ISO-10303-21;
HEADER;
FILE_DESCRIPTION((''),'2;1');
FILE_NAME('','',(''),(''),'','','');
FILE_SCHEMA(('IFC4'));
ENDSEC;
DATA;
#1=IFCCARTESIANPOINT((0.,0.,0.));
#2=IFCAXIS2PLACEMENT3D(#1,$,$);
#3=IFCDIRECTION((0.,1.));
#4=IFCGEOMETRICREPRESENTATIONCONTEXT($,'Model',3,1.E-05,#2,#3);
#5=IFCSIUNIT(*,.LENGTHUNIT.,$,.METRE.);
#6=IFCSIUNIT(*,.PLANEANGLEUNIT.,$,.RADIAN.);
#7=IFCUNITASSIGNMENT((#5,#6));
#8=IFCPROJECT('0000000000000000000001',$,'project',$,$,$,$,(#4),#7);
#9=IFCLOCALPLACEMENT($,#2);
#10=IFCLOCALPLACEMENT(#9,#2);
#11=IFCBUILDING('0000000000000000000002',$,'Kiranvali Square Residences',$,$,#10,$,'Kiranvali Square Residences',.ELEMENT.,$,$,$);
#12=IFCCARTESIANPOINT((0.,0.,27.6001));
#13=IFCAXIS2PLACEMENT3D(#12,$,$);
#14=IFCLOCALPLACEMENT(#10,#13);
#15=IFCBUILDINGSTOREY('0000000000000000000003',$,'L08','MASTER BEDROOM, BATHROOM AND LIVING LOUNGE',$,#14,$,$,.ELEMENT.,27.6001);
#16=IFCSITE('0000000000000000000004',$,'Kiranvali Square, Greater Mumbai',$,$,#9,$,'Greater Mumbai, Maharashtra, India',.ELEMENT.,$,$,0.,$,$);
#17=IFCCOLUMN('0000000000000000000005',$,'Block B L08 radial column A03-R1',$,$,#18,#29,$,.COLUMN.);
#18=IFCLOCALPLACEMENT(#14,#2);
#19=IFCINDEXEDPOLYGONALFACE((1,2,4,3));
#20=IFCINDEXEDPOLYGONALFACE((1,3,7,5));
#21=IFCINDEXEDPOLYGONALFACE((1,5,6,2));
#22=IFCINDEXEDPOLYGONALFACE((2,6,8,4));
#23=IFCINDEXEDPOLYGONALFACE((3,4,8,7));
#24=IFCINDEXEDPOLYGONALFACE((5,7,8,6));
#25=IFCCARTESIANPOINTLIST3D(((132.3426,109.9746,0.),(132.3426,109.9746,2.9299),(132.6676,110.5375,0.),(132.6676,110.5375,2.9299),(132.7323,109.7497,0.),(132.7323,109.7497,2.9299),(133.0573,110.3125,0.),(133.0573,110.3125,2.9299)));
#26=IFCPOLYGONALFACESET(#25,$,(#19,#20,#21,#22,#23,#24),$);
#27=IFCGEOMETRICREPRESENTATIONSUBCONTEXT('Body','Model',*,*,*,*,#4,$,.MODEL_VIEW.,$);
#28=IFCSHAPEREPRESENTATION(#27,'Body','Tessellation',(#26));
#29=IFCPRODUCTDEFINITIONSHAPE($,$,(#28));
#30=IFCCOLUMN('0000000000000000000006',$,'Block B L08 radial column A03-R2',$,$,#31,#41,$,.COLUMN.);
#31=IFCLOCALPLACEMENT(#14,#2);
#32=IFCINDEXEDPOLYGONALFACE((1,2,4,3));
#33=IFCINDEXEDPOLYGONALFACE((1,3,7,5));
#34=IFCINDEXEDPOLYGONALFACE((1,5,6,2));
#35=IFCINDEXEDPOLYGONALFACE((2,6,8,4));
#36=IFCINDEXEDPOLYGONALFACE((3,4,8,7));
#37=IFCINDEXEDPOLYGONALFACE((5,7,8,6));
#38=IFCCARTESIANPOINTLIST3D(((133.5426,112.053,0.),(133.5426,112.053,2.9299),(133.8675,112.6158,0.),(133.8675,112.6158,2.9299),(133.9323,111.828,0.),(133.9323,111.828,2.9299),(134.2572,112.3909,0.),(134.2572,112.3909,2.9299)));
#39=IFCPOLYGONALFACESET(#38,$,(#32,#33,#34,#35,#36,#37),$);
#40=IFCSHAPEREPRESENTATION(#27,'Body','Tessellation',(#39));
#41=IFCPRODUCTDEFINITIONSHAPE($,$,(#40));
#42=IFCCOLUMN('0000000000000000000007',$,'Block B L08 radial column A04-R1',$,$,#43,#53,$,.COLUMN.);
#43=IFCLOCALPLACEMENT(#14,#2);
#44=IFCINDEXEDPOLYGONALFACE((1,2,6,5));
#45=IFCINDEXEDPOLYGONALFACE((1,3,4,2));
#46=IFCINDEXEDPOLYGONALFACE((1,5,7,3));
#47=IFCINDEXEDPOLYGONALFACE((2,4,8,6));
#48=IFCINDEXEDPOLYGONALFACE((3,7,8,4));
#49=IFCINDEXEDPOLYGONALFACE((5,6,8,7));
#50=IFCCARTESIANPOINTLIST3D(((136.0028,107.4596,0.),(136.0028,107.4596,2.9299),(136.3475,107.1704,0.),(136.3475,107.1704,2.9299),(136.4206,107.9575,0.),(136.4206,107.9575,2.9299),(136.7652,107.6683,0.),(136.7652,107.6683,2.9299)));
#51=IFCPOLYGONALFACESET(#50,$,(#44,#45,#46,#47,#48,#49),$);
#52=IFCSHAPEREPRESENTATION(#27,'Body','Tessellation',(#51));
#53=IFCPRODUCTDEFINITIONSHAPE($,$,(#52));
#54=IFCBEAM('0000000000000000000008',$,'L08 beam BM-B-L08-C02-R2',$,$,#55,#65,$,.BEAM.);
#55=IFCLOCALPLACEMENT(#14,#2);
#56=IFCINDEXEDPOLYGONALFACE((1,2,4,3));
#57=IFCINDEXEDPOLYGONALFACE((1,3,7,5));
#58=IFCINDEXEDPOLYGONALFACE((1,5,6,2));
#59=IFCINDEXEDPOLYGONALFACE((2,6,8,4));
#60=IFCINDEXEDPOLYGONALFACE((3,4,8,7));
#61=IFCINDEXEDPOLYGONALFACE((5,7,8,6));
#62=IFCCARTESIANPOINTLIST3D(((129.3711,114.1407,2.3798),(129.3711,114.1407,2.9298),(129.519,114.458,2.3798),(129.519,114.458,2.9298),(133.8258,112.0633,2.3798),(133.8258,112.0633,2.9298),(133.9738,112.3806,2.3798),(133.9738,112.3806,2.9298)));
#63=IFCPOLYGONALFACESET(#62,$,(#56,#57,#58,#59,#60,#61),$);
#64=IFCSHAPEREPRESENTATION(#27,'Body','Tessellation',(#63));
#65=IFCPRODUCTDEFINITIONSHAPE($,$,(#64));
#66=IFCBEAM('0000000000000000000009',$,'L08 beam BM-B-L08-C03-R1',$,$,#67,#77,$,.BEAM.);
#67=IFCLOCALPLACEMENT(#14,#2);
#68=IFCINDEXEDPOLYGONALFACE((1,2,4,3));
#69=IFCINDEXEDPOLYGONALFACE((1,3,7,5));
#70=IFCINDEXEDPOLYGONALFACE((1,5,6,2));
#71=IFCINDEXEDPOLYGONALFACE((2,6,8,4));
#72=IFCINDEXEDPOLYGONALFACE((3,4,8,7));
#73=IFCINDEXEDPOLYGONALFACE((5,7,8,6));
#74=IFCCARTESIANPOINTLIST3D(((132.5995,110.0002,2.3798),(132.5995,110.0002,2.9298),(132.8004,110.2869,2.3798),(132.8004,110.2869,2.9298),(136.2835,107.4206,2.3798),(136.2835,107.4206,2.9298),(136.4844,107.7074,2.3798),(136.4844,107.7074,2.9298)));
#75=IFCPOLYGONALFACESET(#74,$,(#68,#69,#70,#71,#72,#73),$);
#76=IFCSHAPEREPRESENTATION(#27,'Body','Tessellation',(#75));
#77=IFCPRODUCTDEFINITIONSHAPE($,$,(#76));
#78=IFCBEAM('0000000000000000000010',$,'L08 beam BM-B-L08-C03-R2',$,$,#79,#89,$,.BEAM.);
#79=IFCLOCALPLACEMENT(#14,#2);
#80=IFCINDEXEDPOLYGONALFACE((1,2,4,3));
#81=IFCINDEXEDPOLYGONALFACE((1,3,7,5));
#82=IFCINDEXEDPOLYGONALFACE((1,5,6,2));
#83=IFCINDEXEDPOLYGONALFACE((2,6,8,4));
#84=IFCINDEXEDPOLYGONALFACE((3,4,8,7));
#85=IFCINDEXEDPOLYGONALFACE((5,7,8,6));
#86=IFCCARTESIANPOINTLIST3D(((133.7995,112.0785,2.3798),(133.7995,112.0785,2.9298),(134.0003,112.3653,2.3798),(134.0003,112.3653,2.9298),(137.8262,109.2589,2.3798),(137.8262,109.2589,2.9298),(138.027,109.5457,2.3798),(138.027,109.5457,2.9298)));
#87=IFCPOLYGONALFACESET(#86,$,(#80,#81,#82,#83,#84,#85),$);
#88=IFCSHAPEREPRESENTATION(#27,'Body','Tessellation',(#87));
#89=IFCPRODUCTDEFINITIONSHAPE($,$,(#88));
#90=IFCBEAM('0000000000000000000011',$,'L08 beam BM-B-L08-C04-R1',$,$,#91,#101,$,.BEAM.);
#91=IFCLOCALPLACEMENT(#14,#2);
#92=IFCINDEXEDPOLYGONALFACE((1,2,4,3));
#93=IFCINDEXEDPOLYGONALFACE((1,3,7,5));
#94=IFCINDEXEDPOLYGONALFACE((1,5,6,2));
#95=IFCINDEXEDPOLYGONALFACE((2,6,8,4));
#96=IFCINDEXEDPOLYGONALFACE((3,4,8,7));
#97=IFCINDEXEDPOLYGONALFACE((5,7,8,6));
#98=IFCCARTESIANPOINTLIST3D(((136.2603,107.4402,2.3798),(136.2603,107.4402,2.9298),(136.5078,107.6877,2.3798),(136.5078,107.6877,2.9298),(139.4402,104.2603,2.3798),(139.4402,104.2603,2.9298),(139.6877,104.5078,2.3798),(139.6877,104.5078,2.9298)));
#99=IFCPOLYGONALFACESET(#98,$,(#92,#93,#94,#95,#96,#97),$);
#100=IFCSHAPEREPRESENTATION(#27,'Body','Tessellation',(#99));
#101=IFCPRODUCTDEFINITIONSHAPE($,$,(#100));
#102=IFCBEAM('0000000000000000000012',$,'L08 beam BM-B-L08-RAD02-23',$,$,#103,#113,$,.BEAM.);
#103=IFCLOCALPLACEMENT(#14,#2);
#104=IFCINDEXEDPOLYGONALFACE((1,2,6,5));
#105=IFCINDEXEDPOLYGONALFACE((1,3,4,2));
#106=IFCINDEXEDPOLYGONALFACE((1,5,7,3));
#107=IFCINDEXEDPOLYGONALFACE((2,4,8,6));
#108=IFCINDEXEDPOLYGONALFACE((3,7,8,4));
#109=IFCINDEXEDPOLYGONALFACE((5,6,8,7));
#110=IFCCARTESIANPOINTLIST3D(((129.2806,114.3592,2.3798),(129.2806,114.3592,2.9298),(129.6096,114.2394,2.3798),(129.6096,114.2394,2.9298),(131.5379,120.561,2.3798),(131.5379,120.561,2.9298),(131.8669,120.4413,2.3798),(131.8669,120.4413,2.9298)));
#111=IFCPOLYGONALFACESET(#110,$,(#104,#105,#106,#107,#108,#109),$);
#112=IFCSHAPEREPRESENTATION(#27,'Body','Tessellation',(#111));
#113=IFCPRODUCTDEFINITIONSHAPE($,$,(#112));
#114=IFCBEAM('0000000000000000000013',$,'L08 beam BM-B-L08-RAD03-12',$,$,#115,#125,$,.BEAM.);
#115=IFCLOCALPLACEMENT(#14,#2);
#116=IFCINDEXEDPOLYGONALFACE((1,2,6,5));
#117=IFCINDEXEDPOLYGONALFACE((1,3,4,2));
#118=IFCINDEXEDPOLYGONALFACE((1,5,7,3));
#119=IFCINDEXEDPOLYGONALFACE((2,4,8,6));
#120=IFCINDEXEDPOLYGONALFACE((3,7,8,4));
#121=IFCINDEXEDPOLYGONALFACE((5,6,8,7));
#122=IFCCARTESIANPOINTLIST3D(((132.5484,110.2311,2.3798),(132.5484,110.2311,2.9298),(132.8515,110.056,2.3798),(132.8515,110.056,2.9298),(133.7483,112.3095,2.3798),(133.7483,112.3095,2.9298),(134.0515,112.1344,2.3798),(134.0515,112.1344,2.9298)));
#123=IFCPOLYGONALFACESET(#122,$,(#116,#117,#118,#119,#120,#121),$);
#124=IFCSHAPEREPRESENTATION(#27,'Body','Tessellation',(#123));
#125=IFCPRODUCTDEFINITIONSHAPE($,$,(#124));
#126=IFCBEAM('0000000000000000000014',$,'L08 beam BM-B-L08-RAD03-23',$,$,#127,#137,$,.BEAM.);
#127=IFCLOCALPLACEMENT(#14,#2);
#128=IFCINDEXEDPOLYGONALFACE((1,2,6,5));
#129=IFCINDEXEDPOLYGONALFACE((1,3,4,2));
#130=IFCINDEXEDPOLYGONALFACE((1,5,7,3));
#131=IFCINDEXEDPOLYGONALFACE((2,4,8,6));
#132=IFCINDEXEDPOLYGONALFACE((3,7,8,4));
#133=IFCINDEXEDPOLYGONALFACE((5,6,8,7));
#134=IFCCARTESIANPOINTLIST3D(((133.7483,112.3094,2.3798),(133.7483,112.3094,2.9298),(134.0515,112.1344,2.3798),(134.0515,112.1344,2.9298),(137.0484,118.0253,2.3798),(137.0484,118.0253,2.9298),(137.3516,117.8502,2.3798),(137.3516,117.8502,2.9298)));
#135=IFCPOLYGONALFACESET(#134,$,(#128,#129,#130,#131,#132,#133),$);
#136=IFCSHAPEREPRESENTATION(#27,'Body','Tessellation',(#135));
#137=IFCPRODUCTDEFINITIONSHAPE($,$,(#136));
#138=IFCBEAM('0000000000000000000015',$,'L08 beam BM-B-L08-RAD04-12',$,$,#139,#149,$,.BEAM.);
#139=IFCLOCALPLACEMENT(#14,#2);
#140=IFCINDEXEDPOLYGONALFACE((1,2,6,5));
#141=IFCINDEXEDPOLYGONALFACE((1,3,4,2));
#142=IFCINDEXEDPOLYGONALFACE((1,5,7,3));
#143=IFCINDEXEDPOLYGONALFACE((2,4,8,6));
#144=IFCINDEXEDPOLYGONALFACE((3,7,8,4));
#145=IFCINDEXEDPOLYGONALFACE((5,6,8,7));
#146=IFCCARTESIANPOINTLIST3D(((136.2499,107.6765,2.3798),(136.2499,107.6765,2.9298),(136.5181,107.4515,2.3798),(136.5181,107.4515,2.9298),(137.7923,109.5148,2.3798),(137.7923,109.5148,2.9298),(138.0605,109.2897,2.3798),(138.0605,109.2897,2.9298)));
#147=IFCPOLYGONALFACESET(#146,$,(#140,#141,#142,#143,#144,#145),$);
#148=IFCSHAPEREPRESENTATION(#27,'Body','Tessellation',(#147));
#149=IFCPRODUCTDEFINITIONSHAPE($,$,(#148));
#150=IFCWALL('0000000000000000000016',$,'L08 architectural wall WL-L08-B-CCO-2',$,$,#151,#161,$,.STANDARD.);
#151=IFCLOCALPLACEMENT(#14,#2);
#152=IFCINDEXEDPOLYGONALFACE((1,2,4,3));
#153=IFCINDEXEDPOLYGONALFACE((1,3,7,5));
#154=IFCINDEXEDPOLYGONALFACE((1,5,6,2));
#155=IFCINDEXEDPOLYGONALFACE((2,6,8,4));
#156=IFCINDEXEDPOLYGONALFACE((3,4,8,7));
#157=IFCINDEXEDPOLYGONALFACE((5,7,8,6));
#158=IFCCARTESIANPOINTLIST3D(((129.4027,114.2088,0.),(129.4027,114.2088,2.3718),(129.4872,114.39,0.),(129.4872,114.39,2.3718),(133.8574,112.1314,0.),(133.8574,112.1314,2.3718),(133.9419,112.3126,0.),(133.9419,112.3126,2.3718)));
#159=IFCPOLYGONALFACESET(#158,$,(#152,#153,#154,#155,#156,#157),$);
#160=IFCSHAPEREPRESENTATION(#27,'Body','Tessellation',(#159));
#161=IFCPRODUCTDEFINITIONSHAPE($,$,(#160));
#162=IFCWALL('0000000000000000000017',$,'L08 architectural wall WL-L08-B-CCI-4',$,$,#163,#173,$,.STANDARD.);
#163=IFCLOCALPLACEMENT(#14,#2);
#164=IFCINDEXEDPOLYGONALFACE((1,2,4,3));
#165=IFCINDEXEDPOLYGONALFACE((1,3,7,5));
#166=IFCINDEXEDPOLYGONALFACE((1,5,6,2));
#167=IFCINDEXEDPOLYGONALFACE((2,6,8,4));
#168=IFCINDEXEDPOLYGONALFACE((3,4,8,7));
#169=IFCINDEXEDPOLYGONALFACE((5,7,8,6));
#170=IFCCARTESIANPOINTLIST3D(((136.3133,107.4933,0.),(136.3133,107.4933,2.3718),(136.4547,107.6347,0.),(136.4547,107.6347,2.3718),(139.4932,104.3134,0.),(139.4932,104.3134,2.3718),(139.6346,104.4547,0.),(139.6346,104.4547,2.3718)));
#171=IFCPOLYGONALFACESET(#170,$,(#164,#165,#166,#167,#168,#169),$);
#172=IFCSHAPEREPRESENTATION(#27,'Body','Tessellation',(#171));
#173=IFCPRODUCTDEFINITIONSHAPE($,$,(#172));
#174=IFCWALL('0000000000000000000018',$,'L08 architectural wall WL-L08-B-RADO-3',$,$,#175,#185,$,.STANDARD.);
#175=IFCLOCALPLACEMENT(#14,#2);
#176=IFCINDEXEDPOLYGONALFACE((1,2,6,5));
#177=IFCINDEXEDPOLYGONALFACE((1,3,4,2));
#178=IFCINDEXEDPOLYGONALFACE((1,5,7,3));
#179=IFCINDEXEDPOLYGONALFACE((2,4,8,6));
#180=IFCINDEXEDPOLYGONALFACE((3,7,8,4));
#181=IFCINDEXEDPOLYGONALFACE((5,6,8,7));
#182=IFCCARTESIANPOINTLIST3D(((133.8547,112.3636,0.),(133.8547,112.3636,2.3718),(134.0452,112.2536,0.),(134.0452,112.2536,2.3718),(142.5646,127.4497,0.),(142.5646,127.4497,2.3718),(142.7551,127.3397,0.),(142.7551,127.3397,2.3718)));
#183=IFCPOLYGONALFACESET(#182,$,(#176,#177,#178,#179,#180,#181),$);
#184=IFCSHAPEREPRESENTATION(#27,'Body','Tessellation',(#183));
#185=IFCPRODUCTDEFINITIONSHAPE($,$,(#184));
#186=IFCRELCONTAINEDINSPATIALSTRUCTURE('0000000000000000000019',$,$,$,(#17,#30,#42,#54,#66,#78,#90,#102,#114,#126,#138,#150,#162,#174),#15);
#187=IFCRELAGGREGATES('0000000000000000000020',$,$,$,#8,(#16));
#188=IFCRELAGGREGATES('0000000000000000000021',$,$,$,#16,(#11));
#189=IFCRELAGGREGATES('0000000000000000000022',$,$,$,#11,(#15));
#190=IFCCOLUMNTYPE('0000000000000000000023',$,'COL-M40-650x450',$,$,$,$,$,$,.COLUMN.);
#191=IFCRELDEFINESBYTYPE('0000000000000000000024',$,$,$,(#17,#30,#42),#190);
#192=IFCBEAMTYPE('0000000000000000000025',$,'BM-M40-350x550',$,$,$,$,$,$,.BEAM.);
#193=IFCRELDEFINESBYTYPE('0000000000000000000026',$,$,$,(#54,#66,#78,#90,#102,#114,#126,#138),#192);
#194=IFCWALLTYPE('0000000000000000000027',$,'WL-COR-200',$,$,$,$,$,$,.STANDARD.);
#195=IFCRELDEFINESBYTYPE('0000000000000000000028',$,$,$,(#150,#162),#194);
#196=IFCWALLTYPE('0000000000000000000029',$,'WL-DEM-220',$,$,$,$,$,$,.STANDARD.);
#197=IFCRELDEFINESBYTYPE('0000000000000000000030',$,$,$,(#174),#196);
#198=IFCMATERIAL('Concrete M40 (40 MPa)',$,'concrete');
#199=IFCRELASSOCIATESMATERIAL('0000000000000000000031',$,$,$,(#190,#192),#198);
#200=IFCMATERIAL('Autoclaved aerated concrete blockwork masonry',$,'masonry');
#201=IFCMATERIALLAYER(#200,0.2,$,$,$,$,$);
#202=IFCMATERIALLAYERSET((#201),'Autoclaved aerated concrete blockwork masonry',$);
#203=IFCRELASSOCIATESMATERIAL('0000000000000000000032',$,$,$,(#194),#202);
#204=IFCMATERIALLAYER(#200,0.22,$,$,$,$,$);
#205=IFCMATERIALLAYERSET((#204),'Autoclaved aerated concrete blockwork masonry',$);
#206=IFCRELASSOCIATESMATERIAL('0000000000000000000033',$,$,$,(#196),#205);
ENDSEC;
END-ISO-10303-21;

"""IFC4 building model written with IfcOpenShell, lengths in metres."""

from ifc_helpers import new_model, si_unit, direction, frame, frame_2d, origin, origin_2d, place, context, subcontext, project, spatial, rectangle, extrude, material, layer, layer_set, material_profile, profile_set, type_object, element, save


model = new_model("IFC4")

# Units and contexts
model_context = context("Model", 3, precision=1e-05, world=origin(), true_north=direction((0.0, 1.0)))
body_context = subcontext(model_context, "Body", "Model", "MODEL_VIEW")
ifc_project = project(units=[si_unit("LENGTHUNIT", "METRE"), si_unit("PLANEANGLEUNIT", "RADIAN")], contexts=[model_context])

# Site, building, storey
site_placement = place(None, origin())
site = spatial("IfcSite", under=ifc_project, at=site_placement, Name="Kiranvali Square, Greater Mumbai", LongName="Greater Mumbai, Maharashtra, India", CompositionType="ELEMENT", RefElevation=0.0)
building_placement = place(site_placement, origin())
building = spatial("IfcBuilding", under=site, at=building_placement, Name="Kiranvali Square Residences", LongName="Kiranvali Square Residences", CompositionType="ELEMENT")
storey_placement = place(building_placement, frame((0.0, 0.0, 27.6001)))
storey = spatial("IfcBuildingStorey", under=building, at=storey_placement, Name="L08", Description="MASTER BEDROOM, BATHROOM AND LIVING LOUNGE", CompositionType="ELEMENT", Elevation=27.6001)

# Columns
ifc_material_1 = material(Name="Concrete M40 (40 MPa)", Category="concrete")
ifc_material_profile_1 = material_profile(ifc_material_1, rectangle(XDim=0.45, YDim=0.6499, at=origin_2d()), Name="RC 650x450")
ifc_profile_set_1 = profile_set([ifc_material_profile_1], Name="Concrete M40 (40 MPa)")
column_type = type_object("IfcColumnType", Name="COL-M40-650x450", PredefinedType="COLUMN", material=ifc_profile_set_1)
for number, where, z_axis, x_axis, name in (
    (1, (132.7, 110.1436, 0.0), (0.0, 0.0, 1.0), (-0.866025, 0.5, 0.0), "Block B L08 radial column A03-R1"),
    (2, (133.8999, 112.2219, 0.0), (0.0, 0.0, 1.0), (-0.866025, 0.5, 0.0), "Block B L08 radial column A03-R2"),
    (3, (136.384, 107.564, 0.0), (0.0, 0.0, 1.0), (-0.766044, 0.642788, 0.0), "Block B L08 radial column A04-R1"),
):
    element("IfcColumn", number, at=place(storey_placement, frame(where, z_axis=z_axis, x_axis=x_axis)), inside=storey, type_object=column_type, Name=name, PredefinedType="COLUMN", context=body_context, shape_type="SweptSolid", body=[
        extrude(rectangle(XDim=0.45, YDim=0.6499, at=origin_2d()), origin(), (0.0, 0.0, 1.0), 2.9299),
    ])

# Beams
ifc_material_profile_2 = material_profile(ifc_material_1, rectangle(XDim=0.3501, YDim=0.55, at=origin_2d()), Name="RC 350x550")
ifc_profile_set_2 = profile_set([ifc_material_profile_2], Name="Concrete M40 (40 MPa)")
beam_type = type_object("IfcBeamType", Name="BM-M40-350x550", PredefinedType="BEAM", material=ifc_profile_set_2)
beam_1_placement = place(storey_placement, frame((129.4451, 114.2993, 2.6548), z_axis=(0.906302, -0.42263, 0.0), x_axis=(0.42263, 0.906302, 0.0)))
element("IfcBeam", 4, at=beam_1_placement, inside=storey, type_object=beam_type, Name="L08 beam BM-B-L08-C02-R2", PredefinedType="BEAM", context=body_context, shape_type="SweptSolid", body=[
    extrude(rectangle(XDim=0.3501, YDim=0.55, at=origin_2d()), origin(), (0.0, 0.0, 1.0), 4.9153),
])
beam_2_placement = place(storey_placement, frame((132.7, 110.1436, 2.6548), z_axis=(0.819155, -0.573572, 0.0), x_axis=(0.573572, 0.819155, 0.0)))
element("IfcBeam", 5, at=beam_2_placement, inside=storey, type_object=beam_type, Name="L08 beam BM-B-L08-C03-R1", PredefinedType="BEAM", context=body_context, shape_type="SweptSolid", body=[
    extrude(rectangle(XDim=0.3501, YDim=0.55, at=origin_2d()), origin(), (0.0, 0.0, 1.0), 4.4973),
])
beam_3_placement = place(storey_placement, frame((133.8999, 112.2219, 2.6548), z_axis=(0.819141, -0.573592, 0.0), x_axis=(0.573592, 0.819141, 0.0)))
element("IfcBeam", 6, at=beam_3_placement, inside=storey, type_object=beam_type, Name="L08 beam BM-B-L08-C03-R2", PredefinedType="BEAM", context=body_context, shape_type="SweptSolid", body=[
    extrude(rectangle(XDim=0.3501, YDim=0.55, at=origin_2d()), origin(), (0.0, 0.0, 1.0), 4.9158),
])
beam_4_placement = place(storey_placement, frame((136.384, 107.564, 2.6548), z_axis=(0.707107, -0.707107, 0.0), x_axis=(0.707107, 0.707107, 0.0)))
element("IfcBeam", 7, at=beam_4_placement, inside=storey, type_object=beam_type, Name="L08 beam BM-B-L08-C04-R1", PredefinedType="BEAM", context=body_context, shape_type="SweptSolid", body=[
    extrude(rectangle(XDim=0.3501, YDim=0.55, at=origin_2d()), origin(), (0.0, 0.0, 1.0), 4.4971),
])
beam_5_placement = place(storey_placement, frame((129.4451, 114.2993, 2.6548), z_axis=(0.342022, 0.939692, 0.0), x_axis=(-0.939692, 0.342022, 0.0)))
element("IfcBeam", 8, at=beam_5_placement, inside=storey, type_object=beam_type, Name="L08 beam BM-B-L08-RAD02-23", PredefinedType="BEAM", context=body_context, shape_type="SweptSolid", body=[
    extrude(rectangle(XDim=0.3501, YDim=0.55, at=origin_2d()), origin(), (0.0, 0.0, 1.0), 6.5999),
])
beam_6_placement = place(storey_placement, frame((132.7, 110.1436, 2.6548), z_axis=(0.500001, 0.866025, 0.0), x_axis=(-0.866025, 0.500001, 0.0)))
element("IfcBeam", 9, at=beam_6_placement, inside=storey, type_object=beam_type, Name="L08 beam BM-B-L08-RAD03-12", PredefinedType="BEAM", context=body_context, shape_type="SweptSolid", body=[
    extrude(rectangle(XDim=0.3501, YDim=0.55, at=origin_2d()), origin(), (0.0, 0.0, 1.0), 2.3999),
])
beam_7_placement = place(storey_placement, frame((133.8999, 112.2219, 2.6548), z_axis=(0.500002, 0.866024, 0.0), x_axis=(-0.866024, 0.500002, 0.0)))
element("IfcBeam", 10, at=beam_7_placement, inside=storey, type_object=beam_type, Name="L08 beam BM-B-L08-RAD03-23", PredefinedType="BEAM", context=body_context, shape_type="SweptSolid", body=[
    extrude(rectangle(XDim=0.3501, YDim=0.55, at=origin_2d()), origin(), (0.0, 0.0, 1.0), 6.6001),
])
beam_8_placement = place(storey_placement, frame((136.384, 107.564, 2.6548), z_axis=(0.642763, 0.766065, 0.0), x_axis=(-0.766065, 0.642763, 0.0)))
element("IfcBeam", 11, at=beam_8_placement, inside=storey, type_object=beam_type, Name="L08 beam BM-B-L08-RAD04-12", PredefinedType="BEAM", context=body_context, shape_type="SweptSolid", body=[
    extrude(rectangle(XDim=0.3501, YDim=0.55, at=origin_2d()), origin(), (0.0, 0.0, 1.0), 2.3997),
])

# Wall
ifc_material_2 = material(Name="Autoclaved aerated concrete blockwork masonry", Category="masonry")
ifc_layer_1 = layer(ifc_material_2, 0.2)
ifc_layer_set_1 = layer_set([ifc_layer_1], Name="Autoclaved aerated concrete blockwork masonry")
wall_type_1 = type_object("IfcWallType", Name="WL-COR-200", PredefinedType="STANDARD", material=ifc_layer_set_1)
wall_1_placement = place(storey_placement, frame((129.4451, 114.2993, 0.0), z_axis=(0.0, 0.0, 1.0), x_axis=(0.906302, -0.42263, 0.0)))
element("IfcWall", 12, at=wall_1_placement, inside=storey, type_object=wall_type_1, Name="L08 architectural wall WL-L08-B-CCO-2", PredefinedType="STANDARD", context=body_context, shape_type="SweptSolid", body=[
    extrude(rectangle(XDim=4.9153, YDim=0.2, at=frame_2d((2.4575, 0.0))), origin(), (0.0, 0.0, 1.0), 2.3718),
])

# Walls
wall_2_placement = place(storey_placement, frame((136.384, 107.564, 0.0), z_axis=(0.0, 0.0, 1.0), x_axis=(0.707107, -0.707107, 0.0)))
element("IfcWall", 13, at=wall_2_placement, inside=storey, type_object=wall_type_1, Name="L08 architectural wall WL-L08-B-CCI-4", PredefinedType="STANDARD", context=body_context, shape_type="SweptSolid", body=[
    extrude(rectangle(XDim=4.4971, YDim=0.2, at=frame_2d((2.2485, 0.0))), origin(), (0.0, 0.0, 1.0), 2.3718),
])
ifc_layer_2 = layer(ifc_material_2, 0.22)
ifc_layer_set_2 = layer_set([ifc_layer_2], Name="Autoclaved aerated concrete blockwork masonry")
wall_type_2 = type_object("IfcWallType", Name="WL-DEM-220", PredefinedType="STANDARD", material=ifc_layer_set_2)
wall_3_placement = place(storey_placement, frame((133.95, 112.3086, 0.0), z_axis=(0.0, 0.0, 1.0), x_axis=(0.499998, 0.866027, 0.0)))
element("IfcWall", 14, at=wall_3_placement, inside=storey, type_object=wall_type_2, Name="L08 architectural wall WL-L08-B-RADO-3", PredefinedType="STANDARD", context=body_context, shape_type="SweptSolid", body=[
    extrude(rectangle(XDim=17.4199, YDim=0.22, at=frame_2d((8.71, 0.0))), origin(), (0.0, 0.0, 1.0), 2.3718),
])

save(model, "model.ifc")
